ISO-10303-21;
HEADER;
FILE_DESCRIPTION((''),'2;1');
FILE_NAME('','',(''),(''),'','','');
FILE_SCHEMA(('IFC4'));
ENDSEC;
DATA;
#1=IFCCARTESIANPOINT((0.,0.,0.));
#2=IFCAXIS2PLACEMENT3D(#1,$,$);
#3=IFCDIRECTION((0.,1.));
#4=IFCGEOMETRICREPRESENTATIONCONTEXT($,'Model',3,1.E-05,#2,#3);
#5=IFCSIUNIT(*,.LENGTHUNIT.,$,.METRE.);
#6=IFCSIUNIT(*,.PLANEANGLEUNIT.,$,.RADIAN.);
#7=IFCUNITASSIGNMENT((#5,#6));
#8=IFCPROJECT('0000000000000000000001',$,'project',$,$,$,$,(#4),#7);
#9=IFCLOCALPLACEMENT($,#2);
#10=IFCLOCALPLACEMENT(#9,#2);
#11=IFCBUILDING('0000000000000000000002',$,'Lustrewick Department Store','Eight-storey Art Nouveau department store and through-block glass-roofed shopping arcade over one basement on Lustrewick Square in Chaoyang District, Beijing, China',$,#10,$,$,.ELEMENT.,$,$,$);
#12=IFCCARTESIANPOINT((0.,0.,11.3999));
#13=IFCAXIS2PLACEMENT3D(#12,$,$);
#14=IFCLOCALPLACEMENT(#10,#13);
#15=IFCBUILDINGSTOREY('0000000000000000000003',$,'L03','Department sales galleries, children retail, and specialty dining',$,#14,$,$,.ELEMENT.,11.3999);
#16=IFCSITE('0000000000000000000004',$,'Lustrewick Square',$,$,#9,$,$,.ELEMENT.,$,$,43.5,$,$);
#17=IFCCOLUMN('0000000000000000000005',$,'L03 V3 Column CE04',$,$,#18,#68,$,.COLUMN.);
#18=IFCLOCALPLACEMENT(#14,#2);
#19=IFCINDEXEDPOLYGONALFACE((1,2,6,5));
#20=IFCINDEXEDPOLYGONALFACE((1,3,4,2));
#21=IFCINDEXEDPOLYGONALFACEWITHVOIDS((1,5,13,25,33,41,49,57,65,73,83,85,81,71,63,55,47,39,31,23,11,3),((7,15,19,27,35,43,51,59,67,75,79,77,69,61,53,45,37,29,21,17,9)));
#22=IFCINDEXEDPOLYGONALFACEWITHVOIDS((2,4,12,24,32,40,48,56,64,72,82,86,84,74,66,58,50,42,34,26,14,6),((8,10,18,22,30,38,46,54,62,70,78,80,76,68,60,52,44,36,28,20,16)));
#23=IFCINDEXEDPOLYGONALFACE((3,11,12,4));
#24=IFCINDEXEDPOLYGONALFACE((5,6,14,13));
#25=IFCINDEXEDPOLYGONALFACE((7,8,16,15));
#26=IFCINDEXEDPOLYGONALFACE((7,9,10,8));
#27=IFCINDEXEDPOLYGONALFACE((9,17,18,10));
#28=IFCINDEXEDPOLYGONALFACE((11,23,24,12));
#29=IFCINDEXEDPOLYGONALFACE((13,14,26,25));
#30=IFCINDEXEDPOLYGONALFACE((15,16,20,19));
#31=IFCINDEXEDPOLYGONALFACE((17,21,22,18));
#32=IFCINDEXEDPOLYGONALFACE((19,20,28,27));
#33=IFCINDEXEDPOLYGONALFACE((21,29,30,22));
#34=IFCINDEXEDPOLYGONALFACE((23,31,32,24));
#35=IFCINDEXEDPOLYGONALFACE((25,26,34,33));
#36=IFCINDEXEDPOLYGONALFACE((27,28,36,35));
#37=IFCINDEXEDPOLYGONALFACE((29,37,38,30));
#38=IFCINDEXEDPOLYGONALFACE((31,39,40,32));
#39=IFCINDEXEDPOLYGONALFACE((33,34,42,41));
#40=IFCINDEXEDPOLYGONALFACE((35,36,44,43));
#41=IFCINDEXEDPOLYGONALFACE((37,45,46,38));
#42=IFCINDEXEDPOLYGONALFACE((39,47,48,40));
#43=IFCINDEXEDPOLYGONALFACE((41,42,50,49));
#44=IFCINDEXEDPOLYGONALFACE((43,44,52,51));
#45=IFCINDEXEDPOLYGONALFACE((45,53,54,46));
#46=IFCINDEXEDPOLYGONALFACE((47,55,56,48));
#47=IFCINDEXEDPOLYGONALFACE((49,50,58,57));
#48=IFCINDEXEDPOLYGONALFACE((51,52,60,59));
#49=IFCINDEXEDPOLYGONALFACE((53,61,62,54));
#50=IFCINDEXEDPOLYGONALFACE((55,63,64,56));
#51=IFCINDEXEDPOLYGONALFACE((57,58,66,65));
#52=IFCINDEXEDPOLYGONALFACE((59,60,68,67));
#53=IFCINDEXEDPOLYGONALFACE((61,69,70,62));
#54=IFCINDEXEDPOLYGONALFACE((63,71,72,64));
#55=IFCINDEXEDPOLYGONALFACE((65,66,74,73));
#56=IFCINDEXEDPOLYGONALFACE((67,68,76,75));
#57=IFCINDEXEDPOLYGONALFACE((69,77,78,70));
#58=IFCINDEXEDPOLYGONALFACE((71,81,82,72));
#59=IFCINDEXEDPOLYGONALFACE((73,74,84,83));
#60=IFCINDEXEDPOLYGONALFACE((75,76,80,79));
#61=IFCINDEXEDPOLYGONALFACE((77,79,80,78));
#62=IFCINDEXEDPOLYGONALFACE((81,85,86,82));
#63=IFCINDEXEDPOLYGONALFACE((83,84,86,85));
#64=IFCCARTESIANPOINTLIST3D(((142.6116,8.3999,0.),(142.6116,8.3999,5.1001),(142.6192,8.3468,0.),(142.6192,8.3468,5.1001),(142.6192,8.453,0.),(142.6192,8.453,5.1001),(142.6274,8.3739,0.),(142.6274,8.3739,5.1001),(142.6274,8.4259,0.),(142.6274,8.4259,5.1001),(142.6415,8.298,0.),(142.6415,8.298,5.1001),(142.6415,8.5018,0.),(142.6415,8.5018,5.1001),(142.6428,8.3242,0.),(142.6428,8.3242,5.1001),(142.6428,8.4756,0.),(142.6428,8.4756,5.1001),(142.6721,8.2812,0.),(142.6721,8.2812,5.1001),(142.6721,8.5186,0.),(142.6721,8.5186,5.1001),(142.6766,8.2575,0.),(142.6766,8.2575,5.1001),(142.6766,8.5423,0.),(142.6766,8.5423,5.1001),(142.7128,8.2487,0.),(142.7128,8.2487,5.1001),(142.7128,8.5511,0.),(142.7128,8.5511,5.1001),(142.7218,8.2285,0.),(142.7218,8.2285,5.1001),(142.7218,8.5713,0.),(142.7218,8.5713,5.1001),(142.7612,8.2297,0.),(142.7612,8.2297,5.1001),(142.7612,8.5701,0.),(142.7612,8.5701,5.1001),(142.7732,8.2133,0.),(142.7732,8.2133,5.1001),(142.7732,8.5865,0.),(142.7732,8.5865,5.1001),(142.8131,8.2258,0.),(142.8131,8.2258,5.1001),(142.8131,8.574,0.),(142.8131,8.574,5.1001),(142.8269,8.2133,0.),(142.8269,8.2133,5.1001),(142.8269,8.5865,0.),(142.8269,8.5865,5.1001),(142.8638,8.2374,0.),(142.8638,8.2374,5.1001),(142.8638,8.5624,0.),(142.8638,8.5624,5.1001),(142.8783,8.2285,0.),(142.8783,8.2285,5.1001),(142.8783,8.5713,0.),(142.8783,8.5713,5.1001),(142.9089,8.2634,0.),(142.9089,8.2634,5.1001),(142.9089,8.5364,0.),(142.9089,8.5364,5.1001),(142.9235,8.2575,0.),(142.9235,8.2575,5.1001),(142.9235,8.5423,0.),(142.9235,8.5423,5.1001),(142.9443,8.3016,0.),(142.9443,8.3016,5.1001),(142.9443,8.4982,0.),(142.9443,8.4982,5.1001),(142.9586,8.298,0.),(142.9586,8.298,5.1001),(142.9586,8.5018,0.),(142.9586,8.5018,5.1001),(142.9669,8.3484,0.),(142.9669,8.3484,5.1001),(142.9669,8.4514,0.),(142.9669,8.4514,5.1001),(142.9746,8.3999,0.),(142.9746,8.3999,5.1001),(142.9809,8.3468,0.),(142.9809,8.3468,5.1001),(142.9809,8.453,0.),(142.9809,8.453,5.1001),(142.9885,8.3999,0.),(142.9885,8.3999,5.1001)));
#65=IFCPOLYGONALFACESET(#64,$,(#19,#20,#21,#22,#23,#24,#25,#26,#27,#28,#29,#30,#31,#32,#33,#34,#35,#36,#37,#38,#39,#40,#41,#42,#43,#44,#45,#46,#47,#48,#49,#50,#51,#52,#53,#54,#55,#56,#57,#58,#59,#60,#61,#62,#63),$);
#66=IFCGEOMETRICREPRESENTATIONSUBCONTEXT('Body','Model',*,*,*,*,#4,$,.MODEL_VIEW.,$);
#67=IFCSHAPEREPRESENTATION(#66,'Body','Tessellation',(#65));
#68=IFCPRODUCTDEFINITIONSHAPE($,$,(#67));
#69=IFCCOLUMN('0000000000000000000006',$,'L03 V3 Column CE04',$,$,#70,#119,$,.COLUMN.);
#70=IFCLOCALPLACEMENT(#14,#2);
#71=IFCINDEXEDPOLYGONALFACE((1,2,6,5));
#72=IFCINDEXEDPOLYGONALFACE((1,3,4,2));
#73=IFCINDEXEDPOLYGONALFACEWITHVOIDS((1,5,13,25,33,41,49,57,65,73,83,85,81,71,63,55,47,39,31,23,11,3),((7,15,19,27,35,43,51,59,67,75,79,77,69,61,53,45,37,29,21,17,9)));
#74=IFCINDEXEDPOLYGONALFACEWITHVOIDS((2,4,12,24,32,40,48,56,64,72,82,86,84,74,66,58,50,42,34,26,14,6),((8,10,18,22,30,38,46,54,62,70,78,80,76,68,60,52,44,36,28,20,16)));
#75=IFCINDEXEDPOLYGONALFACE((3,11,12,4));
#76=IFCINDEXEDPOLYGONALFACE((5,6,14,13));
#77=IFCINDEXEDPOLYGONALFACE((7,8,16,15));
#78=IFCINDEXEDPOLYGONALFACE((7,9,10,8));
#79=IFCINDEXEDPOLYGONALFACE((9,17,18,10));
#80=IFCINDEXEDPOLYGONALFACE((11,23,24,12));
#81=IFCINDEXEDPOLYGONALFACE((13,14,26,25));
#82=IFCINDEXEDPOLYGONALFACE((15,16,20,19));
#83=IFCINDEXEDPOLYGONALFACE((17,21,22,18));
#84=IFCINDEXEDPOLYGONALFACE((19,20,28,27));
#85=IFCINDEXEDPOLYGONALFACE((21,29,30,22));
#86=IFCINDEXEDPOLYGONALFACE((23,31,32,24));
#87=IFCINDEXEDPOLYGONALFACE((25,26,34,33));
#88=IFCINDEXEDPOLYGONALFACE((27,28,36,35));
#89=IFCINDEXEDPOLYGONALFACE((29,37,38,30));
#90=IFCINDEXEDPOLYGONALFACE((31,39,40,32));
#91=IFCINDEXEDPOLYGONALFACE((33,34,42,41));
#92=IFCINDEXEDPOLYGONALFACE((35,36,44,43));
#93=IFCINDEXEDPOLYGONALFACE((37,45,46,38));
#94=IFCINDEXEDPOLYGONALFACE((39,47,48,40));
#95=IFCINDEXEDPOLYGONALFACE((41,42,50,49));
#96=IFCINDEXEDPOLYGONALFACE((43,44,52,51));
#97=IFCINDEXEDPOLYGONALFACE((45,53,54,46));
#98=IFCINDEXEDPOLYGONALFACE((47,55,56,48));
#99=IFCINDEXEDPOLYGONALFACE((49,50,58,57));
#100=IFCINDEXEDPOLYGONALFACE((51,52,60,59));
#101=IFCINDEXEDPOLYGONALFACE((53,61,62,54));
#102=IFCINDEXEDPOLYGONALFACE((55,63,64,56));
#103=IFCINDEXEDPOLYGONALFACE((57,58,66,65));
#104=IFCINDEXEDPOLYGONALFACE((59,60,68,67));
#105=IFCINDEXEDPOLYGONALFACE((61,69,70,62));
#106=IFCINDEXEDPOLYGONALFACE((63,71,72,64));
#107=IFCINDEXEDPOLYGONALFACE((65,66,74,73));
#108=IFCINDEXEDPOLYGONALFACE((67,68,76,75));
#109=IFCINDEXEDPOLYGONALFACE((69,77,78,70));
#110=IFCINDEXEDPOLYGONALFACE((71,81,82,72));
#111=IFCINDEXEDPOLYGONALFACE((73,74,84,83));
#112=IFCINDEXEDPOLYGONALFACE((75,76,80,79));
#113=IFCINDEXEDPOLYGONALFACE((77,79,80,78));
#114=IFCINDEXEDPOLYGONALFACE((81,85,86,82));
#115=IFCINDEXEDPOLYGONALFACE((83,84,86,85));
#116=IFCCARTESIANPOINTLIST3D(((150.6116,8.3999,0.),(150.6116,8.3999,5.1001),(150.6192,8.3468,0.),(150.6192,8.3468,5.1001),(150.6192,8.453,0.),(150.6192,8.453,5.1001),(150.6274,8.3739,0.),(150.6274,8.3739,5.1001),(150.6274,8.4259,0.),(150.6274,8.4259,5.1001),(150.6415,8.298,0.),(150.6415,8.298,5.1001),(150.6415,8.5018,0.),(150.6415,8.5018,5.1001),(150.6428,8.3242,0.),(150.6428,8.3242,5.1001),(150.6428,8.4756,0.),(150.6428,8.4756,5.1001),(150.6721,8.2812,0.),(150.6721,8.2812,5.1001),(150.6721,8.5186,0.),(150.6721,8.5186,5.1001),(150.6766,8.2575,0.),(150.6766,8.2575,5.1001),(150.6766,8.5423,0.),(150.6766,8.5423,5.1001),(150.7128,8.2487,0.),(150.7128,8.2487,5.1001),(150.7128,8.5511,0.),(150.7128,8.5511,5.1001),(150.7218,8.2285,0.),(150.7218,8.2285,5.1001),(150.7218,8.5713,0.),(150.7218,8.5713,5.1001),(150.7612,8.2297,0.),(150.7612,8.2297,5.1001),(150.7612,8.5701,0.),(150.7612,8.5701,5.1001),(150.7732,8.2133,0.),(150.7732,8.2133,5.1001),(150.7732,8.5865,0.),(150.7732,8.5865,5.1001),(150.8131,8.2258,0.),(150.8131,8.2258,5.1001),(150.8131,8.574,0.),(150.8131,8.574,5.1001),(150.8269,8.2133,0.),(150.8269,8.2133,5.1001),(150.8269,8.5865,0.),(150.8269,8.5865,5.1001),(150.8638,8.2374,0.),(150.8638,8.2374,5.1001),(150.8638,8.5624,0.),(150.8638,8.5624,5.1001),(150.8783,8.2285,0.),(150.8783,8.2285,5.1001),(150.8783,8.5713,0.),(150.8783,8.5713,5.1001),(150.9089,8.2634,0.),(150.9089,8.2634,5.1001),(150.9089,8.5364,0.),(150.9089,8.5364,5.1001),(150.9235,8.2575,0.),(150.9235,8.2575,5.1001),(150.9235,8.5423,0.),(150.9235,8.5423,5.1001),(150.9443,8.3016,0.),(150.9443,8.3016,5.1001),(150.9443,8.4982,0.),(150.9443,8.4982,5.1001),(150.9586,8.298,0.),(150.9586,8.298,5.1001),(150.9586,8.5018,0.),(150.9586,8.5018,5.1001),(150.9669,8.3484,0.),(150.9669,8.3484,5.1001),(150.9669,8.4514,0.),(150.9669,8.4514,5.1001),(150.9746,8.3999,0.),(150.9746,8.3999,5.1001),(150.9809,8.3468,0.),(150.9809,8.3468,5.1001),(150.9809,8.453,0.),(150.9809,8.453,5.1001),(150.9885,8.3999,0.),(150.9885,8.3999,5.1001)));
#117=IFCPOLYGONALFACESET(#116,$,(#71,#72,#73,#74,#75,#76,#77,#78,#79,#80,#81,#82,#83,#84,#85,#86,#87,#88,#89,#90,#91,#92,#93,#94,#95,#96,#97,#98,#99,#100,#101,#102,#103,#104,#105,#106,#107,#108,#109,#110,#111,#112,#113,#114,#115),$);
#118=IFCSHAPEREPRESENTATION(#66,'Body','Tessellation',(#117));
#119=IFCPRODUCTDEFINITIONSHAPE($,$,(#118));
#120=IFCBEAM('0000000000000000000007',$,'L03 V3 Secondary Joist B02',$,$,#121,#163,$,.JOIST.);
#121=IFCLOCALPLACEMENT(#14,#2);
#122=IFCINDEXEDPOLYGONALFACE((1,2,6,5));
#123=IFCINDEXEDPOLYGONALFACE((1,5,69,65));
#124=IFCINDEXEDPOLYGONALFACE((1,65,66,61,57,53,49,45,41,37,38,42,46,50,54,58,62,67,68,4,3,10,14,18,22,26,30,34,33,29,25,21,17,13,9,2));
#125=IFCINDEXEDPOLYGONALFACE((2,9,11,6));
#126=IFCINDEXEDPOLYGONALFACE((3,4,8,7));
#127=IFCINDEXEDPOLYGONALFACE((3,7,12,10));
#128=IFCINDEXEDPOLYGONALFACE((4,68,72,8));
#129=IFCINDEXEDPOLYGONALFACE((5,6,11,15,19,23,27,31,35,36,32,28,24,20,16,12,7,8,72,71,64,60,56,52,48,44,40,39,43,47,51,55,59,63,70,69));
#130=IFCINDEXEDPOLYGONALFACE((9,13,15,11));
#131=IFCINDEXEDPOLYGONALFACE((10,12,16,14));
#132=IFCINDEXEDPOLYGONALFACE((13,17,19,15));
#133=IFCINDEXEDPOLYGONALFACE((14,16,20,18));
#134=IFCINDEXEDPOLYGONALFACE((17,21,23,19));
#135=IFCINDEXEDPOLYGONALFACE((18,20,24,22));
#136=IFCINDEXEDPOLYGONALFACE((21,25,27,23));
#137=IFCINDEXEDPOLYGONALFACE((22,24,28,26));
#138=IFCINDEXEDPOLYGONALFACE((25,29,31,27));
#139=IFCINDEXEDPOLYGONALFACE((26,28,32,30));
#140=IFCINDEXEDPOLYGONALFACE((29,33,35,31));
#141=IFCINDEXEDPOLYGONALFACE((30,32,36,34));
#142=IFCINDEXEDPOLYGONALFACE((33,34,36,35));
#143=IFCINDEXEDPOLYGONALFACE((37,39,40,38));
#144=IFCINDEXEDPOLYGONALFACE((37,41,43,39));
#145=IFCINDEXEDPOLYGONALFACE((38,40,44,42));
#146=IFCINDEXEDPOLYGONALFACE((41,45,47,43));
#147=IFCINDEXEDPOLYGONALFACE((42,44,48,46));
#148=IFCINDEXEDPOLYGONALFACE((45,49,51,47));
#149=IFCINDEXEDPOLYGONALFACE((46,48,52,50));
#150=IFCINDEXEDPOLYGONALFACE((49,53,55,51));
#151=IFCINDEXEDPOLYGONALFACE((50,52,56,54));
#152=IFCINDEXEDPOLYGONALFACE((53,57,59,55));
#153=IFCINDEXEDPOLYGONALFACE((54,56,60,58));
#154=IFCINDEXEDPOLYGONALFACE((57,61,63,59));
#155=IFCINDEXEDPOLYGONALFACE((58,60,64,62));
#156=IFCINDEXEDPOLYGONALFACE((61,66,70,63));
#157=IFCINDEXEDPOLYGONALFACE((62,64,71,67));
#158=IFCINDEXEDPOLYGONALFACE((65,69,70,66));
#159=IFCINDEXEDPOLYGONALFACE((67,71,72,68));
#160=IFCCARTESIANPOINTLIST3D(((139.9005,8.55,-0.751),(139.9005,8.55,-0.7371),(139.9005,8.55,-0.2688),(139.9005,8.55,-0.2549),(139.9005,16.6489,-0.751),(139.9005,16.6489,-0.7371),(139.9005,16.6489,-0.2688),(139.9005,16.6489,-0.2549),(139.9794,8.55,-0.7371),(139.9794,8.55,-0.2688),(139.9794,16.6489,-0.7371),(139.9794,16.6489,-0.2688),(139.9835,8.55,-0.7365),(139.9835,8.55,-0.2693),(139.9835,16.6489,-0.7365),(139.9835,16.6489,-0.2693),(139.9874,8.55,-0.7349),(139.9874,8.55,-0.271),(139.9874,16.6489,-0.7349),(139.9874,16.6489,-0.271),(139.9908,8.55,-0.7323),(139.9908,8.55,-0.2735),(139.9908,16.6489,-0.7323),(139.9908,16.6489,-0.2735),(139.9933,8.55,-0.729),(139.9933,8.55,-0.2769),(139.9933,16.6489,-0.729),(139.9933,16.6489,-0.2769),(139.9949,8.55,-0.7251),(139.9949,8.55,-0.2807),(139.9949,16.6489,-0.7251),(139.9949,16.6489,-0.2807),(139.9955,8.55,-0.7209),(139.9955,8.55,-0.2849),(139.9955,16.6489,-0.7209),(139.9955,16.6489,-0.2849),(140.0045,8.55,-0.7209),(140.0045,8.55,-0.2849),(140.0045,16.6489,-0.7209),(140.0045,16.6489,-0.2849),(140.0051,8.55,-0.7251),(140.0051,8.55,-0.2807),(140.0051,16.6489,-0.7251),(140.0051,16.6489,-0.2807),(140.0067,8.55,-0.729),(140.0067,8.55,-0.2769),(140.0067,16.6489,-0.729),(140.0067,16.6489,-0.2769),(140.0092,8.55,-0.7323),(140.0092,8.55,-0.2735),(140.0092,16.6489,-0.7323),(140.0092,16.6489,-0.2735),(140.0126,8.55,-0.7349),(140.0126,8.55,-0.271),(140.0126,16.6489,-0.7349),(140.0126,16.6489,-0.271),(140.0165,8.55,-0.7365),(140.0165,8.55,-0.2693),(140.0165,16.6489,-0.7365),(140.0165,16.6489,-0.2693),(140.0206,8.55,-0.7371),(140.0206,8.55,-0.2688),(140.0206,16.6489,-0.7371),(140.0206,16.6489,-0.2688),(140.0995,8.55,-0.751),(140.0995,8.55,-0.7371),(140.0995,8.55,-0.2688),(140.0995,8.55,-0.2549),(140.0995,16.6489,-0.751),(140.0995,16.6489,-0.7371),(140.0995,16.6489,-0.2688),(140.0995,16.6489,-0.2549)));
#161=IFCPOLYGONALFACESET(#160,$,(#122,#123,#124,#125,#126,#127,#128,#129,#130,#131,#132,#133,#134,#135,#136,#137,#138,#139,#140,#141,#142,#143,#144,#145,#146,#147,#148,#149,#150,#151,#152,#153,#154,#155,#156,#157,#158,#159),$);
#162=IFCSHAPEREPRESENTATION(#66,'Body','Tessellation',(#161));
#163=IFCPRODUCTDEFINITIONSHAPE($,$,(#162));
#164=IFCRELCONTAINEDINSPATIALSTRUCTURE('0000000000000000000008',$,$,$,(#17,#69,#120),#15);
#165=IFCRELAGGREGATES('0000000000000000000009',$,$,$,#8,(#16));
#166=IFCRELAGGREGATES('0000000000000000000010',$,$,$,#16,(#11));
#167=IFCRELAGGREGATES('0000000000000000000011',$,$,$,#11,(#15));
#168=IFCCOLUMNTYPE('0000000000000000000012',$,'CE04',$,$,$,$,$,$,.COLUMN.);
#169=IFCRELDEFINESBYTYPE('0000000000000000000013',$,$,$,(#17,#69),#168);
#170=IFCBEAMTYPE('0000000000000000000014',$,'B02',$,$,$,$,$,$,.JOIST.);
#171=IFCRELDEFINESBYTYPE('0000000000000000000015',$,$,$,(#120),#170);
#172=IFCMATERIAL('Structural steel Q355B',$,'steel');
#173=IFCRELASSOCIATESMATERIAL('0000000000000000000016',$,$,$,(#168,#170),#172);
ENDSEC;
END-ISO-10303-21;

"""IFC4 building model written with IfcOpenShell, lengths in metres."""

from ifc_helpers import new_model, si_unit, direction, frame, origin, origin_2d, place, context, subcontext, project, spatial, hollow_circle, i_section, extrude, material, material_profile, profile_set, type_object, element, save


model = new_model("IFC4")

# Units and contexts
model_context = context("Model", 3, precision=1e-05, world=origin(), true_north=direction((0.0, 1.0)))
body_context = subcontext(model_context, "Body", "Model", "MODEL_VIEW")
ifc_project = project(units=[si_unit("LENGTHUNIT", "METRE"), si_unit("PLANEANGLEUNIT", "RADIAN")], contexts=[model_context])

# Site, building, storey
site_placement = place(None, origin())
site = spatial("IfcSite", under=ifc_project, at=site_placement, Name="Lustrewick Square", CompositionType="ELEMENT", RefElevation=43.5)
building_placement = place(site_placement, origin())
building = spatial("IfcBuilding", under=site, at=building_placement, Name="Lustrewick Department Store", Description="Eight-storey Art Nouveau department store and through-block glass-roofed shopping arcade over one basement on Lustrewick Square in Chaoyang District, Beijing, China", CompositionType="ELEMENT")
storey_placement = place(building_placement, frame((0.0, 0.0, 11.3999)))
storey = spatial("IfcBuildingStorey", under=building, at=storey_placement, Name="L03", Description="Department sales galleries, children retail, and specialty dining", CompositionType="ELEMENT", Elevation=11.3999)

# Columns
ifc_material_1 = material(Name="Structural steel Q355B", Category="steel")
ifc_material_profile_1 = material_profile(ifc_material_1, hollow_circle(Radius=0.1885, WallThickness=0.0139, at=origin_2d()), Name="CHS 377x14")
ifc_profile_set_1 = profile_set([ifc_material_profile_1], Name="Structural steel Q355B")
column_type = type_object("IfcColumnType", Name="CE04", PredefinedType="COLUMN", material=ifc_profile_set_1)
for number, where, z_axis, x_axis, name in (
    (1, (142.8, 8.3999, 0.0), (0.0, 0.0, 1.0), (1.0, 0.0, 0.0), "L03 V3 Column CE04"),
    (2, (150.8, 8.3999, 0.0), (0.0, 0.0, 1.0), (1.0, 0.0, 0.0), "L03 V3 Column CE04"),
):
    element("IfcColumn", number, at=place(storey_placement, frame(where, z_axis=z_axis, x_axis=x_axis)), inside=storey, type_object=column_type, Name=name, PredefinedType="COLUMN", context=body_context, shape_type="SweptSolid", body=[
        extrude(hollow_circle(Radius=0.1885, WallThickness=0.0139, at=origin_2d()), origin(), (0.0, 0.0, 1.0), 5.1001),
    ])

# Beam
ifc_material_profile_2 = material_profile(ifc_material_1, i_section(OverallWidth=0.199, OverallDepth=0.4961, WebThickness=0.009, FlangeThickness=0.0139, FilletRadius=0.0161, at=origin_2d()), Name="HN 496x199x9x14")
ifc_profile_set_2 = profile_set([ifc_material_profile_2], Name="Structural steel Q355B")
beam_type_1 = type_object("IfcBeamType", Name="B02", PredefinedType="JOIST", material=ifc_profile_set_2)
beam_1_placement = place(storey_placement, frame((140.0, 8.55, -0.5029), z_axis=(0.0, 1.0, 0.0), x_axis=(-1.0, 0.0, 0.0)))
element("IfcBeam", 3, at=beam_1_placement, inside=storey, type_object=beam_type_1, Name="L03 V3 Secondary Joist B02", PredefinedType="JOIST", context=body_context, shape_type="SweptSolid", body=[
    extrude(i_section(OverallWidth=0.199, OverallDepth=0.4961, WebThickness=0.009, FlangeThickness=0.0139, FilletRadius=0.0161, at=origin_2d()), origin(), (0.0, 0.0, 1.0), 8.0989),
])

save(model, "model.ifc")
